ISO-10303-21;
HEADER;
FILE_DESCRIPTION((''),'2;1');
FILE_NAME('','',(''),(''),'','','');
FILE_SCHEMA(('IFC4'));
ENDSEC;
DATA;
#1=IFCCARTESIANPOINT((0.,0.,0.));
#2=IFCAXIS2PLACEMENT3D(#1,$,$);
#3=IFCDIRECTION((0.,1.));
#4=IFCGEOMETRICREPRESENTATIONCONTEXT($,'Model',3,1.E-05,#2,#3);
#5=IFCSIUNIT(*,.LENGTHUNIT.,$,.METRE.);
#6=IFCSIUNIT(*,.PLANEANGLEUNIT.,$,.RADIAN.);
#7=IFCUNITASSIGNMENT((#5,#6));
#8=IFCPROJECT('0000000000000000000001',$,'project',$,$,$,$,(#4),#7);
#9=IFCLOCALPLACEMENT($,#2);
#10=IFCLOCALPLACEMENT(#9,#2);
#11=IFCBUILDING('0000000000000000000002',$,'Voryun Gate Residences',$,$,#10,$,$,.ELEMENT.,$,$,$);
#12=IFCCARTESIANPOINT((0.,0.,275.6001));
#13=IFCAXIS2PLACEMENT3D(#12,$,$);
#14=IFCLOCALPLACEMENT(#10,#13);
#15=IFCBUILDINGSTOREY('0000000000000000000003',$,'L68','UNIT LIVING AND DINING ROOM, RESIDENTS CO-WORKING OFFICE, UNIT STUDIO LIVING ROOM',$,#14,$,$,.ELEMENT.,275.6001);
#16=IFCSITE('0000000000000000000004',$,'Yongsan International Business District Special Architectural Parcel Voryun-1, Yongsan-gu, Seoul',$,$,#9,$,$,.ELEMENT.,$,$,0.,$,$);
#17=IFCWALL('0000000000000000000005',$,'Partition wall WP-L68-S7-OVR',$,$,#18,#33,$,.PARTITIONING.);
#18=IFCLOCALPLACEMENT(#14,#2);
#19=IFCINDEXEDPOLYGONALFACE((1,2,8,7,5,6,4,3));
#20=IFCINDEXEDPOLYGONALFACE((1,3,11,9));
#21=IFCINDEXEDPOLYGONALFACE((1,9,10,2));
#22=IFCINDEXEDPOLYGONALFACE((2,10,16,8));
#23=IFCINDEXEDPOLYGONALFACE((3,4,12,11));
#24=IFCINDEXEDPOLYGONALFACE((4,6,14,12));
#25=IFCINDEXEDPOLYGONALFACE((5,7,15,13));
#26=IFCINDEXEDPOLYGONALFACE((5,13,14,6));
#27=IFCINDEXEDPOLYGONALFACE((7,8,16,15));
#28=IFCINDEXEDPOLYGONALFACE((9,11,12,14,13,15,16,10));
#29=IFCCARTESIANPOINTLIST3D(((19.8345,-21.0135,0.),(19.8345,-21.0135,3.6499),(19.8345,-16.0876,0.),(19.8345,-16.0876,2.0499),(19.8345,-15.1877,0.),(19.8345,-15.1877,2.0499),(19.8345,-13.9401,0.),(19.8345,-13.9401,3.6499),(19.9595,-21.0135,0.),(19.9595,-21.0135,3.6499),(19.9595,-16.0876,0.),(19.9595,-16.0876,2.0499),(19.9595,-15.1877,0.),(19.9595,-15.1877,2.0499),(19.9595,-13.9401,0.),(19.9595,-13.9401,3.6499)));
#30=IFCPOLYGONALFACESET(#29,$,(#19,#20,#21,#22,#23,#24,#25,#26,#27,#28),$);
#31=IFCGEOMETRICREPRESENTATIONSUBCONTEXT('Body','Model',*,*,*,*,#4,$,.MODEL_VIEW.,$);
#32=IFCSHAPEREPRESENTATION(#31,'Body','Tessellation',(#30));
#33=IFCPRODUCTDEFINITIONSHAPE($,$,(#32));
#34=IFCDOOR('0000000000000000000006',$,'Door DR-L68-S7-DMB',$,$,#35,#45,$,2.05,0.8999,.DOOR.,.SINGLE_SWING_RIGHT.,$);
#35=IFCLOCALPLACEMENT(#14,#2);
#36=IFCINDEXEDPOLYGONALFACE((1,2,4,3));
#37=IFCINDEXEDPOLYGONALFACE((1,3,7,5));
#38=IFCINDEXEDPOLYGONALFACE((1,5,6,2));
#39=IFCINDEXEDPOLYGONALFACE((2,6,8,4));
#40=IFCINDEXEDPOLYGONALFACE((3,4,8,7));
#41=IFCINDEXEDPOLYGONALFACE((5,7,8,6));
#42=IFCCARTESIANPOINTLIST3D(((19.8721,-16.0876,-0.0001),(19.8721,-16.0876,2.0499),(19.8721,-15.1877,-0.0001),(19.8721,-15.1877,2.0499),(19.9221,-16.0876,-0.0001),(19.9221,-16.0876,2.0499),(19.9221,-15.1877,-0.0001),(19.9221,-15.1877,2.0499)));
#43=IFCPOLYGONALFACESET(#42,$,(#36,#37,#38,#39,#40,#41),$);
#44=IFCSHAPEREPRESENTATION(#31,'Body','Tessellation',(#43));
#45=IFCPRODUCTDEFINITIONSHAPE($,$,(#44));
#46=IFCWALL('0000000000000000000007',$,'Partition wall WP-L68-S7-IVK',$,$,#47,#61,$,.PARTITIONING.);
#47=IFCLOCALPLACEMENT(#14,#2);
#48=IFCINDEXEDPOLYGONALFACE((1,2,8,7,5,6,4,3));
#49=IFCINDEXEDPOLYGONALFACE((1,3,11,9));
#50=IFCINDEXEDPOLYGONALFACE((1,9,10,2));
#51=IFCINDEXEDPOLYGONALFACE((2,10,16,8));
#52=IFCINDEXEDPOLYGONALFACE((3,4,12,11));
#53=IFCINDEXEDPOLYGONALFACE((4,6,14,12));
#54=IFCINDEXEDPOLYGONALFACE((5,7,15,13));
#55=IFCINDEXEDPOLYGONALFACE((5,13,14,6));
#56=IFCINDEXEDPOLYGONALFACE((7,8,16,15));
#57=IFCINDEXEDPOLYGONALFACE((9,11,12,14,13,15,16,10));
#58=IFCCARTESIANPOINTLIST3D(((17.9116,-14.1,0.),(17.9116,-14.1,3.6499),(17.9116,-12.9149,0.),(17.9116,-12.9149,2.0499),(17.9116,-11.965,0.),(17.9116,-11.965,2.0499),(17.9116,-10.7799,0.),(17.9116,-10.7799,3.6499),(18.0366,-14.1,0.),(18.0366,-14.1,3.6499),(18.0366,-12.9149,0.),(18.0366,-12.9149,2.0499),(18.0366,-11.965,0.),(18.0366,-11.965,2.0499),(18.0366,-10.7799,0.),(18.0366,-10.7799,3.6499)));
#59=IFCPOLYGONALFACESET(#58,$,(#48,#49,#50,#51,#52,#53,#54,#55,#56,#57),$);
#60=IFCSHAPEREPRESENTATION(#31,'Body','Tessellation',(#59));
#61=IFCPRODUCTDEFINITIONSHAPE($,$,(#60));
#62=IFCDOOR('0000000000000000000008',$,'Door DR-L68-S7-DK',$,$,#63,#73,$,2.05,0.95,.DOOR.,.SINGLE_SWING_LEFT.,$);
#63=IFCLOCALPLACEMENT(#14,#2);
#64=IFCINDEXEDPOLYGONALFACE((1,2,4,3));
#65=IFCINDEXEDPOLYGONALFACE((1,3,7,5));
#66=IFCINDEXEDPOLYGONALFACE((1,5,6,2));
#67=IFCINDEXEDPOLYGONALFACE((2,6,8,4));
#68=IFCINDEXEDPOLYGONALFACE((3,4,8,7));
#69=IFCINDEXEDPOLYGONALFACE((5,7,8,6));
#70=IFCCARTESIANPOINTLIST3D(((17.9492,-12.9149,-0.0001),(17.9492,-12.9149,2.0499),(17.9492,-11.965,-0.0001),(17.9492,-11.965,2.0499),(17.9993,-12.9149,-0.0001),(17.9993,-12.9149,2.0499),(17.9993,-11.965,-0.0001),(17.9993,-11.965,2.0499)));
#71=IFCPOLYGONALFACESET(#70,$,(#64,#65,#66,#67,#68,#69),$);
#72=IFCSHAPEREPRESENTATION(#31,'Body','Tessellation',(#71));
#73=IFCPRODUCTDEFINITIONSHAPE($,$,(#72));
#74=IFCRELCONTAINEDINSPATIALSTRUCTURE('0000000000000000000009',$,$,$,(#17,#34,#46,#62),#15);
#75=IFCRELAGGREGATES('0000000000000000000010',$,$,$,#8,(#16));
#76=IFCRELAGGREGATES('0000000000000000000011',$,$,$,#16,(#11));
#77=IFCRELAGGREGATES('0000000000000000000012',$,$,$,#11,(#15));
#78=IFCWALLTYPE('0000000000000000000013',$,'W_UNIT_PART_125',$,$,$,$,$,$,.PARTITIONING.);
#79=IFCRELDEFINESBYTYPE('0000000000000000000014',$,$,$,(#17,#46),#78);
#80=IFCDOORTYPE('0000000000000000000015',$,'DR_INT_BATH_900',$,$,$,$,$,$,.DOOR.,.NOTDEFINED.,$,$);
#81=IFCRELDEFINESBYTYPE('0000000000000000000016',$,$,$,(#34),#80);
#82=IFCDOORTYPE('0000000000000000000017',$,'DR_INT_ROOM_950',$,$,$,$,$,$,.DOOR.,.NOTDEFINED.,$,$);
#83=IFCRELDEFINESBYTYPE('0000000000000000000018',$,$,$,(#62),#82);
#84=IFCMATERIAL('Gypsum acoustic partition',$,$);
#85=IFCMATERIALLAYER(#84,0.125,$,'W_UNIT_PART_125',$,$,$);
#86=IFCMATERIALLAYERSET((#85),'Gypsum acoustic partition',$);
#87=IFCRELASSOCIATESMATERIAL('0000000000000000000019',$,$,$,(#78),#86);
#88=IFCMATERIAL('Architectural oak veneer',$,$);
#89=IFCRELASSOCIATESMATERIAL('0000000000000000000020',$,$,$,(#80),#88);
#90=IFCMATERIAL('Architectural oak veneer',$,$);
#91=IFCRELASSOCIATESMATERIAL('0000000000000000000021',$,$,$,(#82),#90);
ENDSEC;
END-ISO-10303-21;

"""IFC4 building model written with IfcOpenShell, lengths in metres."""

from ifc_helpers import new_model, si_unit, direction, frame, frame_2d, origin, place, context, subcontext, project, spatial, rectangle, extrude, material, layer, layer_set, type_object, element, fill, save


model = new_model("IFC4")

# Units and contexts
model_context = context("Model", 3, precision=1e-05, world=origin(), true_north=direction((0.0, 1.0)))
body_context = subcontext(model_context, "Body", "Model", "MODEL_VIEW")
ifc_project = project(units=[si_unit("LENGTHUNIT", "METRE"), si_unit("PLANEANGLEUNIT", "RADIAN")], contexts=[model_context])

# Site, building, storey
site_placement = place(None, origin())
site = spatial("IfcSite", under=ifc_project, at=site_placement, Name="Yongsan International Business District Special Architectural Parcel Voryun-1, Yongsan-gu, Seoul", CompositionType="ELEMENT", RefElevation=0.0)
building_placement = place(site_placement, origin())
building = spatial("IfcBuilding", under=site, at=building_placement, Name="Voryun Gate Residences", CompositionType="ELEMENT")
storey_placement = place(building_placement, frame((0.0, 0.0, 275.6001)))
storey = spatial("IfcBuildingStorey", under=building, at=storey_placement, Name="L68", Description="UNIT LIVING AND DINING ROOM, RESIDENTS CO-WORKING OFFICE, UNIT STUDIO LIVING ROOM", CompositionType="ELEMENT", Elevation=275.6001)

# Walls, openings, doors
ifc_material_1 = material(Name="Gypsum acoustic partition")
ifc_layer_1 = layer(ifc_material_1, 0.125, Name="W_UNIT_PART_125")
ifc_layer_set_1 = layer_set([ifc_layer_1], Name="Gypsum acoustic partition")
wall_type_1 = type_object("IfcWallType", Name="W_UNIT_PART_125", PredefinedType="PARTITIONING", material=ifc_layer_set_1)
wall_1_placement = place(storey_placement, frame((19.897, -21.0134, 0.0), z_axis=(0.0, 0.0, 1.0), x_axis=(0.0, 1.0, 0.0)))
wall_1 = element("IfcWall", 1, at=wall_1_placement, inside=storey, type_object=wall_type_1, Name="Partition wall WP-L68-S7-OVR", PredefinedType="PARTITIONING", context=body_context, shape_type="SweptSolid", body=[
    extrude(rectangle(XDim=7.0735, YDim=0.125, at=frame_2d((3.5366, 0.0))), origin(), (0.0, 0.0, 1.0), 3.6499),
])
opening_1_placement = place(wall_1_placement, frame((4.9258, 0.0, 0.0)))
opening_1 = element("IfcOpeningElement", 2, at=opening_1_placement, cuts=wall_1, PredefinedType="OPENING", context=body_context, shape_type="SweptSolid", body=[
    extrude(rectangle(XDim=0.8999, YDim=2.05, at=frame_2d((0.45, 1.0249))), frame((0.0, 0.0725, 0.0), z_axis=(0.0, -1.0, 0.0), x_axis=(1.0, 0.0, 0.0)), (0.0, 0.0, 1.0), 0.145),
])
ifc_material_2 = material(Name="Architectural oak veneer")
door_type_1 = type_object("IfcDoorType", Name="DR_INT_BATH_900", OperationType="NOTDEFINED", PredefinedType="DOOR", material=ifc_material_2)
door_1_placement = place(opening_1_placement, origin())
door_1 = element("IfcDoor", 3, at=door_1_placement, inside=storey, type_object=door_type_1, Name="Door DR-L68-S7-DMB", OperationType="SINGLE_SWING_RIGHT", OverallHeight=2.05, OverallWidth=0.8999, PredefinedType="DOOR", context=body_context, shape_type="SweptSolid", body=[
    extrude(rectangle(XDim=0.8999, YDim=2.05, at=frame_2d((0.45, 1.0249))), frame((0.0, 0.0249, 0.0), z_axis=(0.0, -1.0, 0.0), x_axis=(1.0, 0.0, 0.0)), (0.0, 0.0, 1.0), 0.05),
])
fill(opening_1, door_1)
wall_2_placement = place(storey_placement, frame((17.9741, -14.1001, 0.0), z_axis=(0.0, 0.0, 1.0), x_axis=(0.0, 1.0, 0.0)))
wall_2 = element("IfcWall", 4, at=wall_2_placement, inside=storey, type_object=wall_type_1, Name="Partition wall WP-L68-S7-IVK", PredefinedType="PARTITIONING", context=body_context, shape_type="SweptSolid", body=[
    extrude(rectangle(XDim=3.3201, YDim=0.125, at=frame_2d((1.6602, 0.0))), origin(), (0.0, 0.0, 1.0), 3.6499),
])
opening_2_placement = place(wall_2_placement, frame((1.1851, 0.0, 0.0)))
opening_2 = element("IfcOpeningElement", 5, at=opening_2_placement, cuts=wall_2, PredefinedType="OPENING", context=body_context, shape_type="SweptSolid", body=[
    extrude(rectangle(XDim=0.95, YDim=2.05, at=frame_2d((0.4751, 1.0249))), frame((0.0, 0.0725, 0.0), z_axis=(0.0, -1.0, 0.0), x_axis=(1.0, 0.0, 0.0)), (0.0, 0.0, 1.0), 0.145),
])
ifc_material_3 = material(Name="Architectural oak veneer")
door_type_2 = type_object("IfcDoorType", Name="DR_INT_ROOM_950", OperationType="NOTDEFINED", PredefinedType="DOOR", material=ifc_material_3)
door_2_placement = place(opening_2_placement, origin())
door_2 = element("IfcDoor", 6, at=door_2_placement, inside=storey, type_object=door_type_2, Name="Door DR-L68-S7-DK", OperationType="SINGLE_SWING_LEFT", OverallHeight=2.05, OverallWidth=0.95, PredefinedType="DOOR", context=body_context, shape_type="SweptSolid", body=[
    extrude(rectangle(XDim=0.95, YDim=2.05, at=frame_2d((0.4751, 1.0249))), frame((0.0, 0.0249, 0.0), z_axis=(0.0, -1.0, 0.0), x_axis=(1.0, 0.0, 0.0)), (0.0, 0.0, 1.0), 0.05),
])
fill(opening_2, door_2)

save(model, "model.ifc")
